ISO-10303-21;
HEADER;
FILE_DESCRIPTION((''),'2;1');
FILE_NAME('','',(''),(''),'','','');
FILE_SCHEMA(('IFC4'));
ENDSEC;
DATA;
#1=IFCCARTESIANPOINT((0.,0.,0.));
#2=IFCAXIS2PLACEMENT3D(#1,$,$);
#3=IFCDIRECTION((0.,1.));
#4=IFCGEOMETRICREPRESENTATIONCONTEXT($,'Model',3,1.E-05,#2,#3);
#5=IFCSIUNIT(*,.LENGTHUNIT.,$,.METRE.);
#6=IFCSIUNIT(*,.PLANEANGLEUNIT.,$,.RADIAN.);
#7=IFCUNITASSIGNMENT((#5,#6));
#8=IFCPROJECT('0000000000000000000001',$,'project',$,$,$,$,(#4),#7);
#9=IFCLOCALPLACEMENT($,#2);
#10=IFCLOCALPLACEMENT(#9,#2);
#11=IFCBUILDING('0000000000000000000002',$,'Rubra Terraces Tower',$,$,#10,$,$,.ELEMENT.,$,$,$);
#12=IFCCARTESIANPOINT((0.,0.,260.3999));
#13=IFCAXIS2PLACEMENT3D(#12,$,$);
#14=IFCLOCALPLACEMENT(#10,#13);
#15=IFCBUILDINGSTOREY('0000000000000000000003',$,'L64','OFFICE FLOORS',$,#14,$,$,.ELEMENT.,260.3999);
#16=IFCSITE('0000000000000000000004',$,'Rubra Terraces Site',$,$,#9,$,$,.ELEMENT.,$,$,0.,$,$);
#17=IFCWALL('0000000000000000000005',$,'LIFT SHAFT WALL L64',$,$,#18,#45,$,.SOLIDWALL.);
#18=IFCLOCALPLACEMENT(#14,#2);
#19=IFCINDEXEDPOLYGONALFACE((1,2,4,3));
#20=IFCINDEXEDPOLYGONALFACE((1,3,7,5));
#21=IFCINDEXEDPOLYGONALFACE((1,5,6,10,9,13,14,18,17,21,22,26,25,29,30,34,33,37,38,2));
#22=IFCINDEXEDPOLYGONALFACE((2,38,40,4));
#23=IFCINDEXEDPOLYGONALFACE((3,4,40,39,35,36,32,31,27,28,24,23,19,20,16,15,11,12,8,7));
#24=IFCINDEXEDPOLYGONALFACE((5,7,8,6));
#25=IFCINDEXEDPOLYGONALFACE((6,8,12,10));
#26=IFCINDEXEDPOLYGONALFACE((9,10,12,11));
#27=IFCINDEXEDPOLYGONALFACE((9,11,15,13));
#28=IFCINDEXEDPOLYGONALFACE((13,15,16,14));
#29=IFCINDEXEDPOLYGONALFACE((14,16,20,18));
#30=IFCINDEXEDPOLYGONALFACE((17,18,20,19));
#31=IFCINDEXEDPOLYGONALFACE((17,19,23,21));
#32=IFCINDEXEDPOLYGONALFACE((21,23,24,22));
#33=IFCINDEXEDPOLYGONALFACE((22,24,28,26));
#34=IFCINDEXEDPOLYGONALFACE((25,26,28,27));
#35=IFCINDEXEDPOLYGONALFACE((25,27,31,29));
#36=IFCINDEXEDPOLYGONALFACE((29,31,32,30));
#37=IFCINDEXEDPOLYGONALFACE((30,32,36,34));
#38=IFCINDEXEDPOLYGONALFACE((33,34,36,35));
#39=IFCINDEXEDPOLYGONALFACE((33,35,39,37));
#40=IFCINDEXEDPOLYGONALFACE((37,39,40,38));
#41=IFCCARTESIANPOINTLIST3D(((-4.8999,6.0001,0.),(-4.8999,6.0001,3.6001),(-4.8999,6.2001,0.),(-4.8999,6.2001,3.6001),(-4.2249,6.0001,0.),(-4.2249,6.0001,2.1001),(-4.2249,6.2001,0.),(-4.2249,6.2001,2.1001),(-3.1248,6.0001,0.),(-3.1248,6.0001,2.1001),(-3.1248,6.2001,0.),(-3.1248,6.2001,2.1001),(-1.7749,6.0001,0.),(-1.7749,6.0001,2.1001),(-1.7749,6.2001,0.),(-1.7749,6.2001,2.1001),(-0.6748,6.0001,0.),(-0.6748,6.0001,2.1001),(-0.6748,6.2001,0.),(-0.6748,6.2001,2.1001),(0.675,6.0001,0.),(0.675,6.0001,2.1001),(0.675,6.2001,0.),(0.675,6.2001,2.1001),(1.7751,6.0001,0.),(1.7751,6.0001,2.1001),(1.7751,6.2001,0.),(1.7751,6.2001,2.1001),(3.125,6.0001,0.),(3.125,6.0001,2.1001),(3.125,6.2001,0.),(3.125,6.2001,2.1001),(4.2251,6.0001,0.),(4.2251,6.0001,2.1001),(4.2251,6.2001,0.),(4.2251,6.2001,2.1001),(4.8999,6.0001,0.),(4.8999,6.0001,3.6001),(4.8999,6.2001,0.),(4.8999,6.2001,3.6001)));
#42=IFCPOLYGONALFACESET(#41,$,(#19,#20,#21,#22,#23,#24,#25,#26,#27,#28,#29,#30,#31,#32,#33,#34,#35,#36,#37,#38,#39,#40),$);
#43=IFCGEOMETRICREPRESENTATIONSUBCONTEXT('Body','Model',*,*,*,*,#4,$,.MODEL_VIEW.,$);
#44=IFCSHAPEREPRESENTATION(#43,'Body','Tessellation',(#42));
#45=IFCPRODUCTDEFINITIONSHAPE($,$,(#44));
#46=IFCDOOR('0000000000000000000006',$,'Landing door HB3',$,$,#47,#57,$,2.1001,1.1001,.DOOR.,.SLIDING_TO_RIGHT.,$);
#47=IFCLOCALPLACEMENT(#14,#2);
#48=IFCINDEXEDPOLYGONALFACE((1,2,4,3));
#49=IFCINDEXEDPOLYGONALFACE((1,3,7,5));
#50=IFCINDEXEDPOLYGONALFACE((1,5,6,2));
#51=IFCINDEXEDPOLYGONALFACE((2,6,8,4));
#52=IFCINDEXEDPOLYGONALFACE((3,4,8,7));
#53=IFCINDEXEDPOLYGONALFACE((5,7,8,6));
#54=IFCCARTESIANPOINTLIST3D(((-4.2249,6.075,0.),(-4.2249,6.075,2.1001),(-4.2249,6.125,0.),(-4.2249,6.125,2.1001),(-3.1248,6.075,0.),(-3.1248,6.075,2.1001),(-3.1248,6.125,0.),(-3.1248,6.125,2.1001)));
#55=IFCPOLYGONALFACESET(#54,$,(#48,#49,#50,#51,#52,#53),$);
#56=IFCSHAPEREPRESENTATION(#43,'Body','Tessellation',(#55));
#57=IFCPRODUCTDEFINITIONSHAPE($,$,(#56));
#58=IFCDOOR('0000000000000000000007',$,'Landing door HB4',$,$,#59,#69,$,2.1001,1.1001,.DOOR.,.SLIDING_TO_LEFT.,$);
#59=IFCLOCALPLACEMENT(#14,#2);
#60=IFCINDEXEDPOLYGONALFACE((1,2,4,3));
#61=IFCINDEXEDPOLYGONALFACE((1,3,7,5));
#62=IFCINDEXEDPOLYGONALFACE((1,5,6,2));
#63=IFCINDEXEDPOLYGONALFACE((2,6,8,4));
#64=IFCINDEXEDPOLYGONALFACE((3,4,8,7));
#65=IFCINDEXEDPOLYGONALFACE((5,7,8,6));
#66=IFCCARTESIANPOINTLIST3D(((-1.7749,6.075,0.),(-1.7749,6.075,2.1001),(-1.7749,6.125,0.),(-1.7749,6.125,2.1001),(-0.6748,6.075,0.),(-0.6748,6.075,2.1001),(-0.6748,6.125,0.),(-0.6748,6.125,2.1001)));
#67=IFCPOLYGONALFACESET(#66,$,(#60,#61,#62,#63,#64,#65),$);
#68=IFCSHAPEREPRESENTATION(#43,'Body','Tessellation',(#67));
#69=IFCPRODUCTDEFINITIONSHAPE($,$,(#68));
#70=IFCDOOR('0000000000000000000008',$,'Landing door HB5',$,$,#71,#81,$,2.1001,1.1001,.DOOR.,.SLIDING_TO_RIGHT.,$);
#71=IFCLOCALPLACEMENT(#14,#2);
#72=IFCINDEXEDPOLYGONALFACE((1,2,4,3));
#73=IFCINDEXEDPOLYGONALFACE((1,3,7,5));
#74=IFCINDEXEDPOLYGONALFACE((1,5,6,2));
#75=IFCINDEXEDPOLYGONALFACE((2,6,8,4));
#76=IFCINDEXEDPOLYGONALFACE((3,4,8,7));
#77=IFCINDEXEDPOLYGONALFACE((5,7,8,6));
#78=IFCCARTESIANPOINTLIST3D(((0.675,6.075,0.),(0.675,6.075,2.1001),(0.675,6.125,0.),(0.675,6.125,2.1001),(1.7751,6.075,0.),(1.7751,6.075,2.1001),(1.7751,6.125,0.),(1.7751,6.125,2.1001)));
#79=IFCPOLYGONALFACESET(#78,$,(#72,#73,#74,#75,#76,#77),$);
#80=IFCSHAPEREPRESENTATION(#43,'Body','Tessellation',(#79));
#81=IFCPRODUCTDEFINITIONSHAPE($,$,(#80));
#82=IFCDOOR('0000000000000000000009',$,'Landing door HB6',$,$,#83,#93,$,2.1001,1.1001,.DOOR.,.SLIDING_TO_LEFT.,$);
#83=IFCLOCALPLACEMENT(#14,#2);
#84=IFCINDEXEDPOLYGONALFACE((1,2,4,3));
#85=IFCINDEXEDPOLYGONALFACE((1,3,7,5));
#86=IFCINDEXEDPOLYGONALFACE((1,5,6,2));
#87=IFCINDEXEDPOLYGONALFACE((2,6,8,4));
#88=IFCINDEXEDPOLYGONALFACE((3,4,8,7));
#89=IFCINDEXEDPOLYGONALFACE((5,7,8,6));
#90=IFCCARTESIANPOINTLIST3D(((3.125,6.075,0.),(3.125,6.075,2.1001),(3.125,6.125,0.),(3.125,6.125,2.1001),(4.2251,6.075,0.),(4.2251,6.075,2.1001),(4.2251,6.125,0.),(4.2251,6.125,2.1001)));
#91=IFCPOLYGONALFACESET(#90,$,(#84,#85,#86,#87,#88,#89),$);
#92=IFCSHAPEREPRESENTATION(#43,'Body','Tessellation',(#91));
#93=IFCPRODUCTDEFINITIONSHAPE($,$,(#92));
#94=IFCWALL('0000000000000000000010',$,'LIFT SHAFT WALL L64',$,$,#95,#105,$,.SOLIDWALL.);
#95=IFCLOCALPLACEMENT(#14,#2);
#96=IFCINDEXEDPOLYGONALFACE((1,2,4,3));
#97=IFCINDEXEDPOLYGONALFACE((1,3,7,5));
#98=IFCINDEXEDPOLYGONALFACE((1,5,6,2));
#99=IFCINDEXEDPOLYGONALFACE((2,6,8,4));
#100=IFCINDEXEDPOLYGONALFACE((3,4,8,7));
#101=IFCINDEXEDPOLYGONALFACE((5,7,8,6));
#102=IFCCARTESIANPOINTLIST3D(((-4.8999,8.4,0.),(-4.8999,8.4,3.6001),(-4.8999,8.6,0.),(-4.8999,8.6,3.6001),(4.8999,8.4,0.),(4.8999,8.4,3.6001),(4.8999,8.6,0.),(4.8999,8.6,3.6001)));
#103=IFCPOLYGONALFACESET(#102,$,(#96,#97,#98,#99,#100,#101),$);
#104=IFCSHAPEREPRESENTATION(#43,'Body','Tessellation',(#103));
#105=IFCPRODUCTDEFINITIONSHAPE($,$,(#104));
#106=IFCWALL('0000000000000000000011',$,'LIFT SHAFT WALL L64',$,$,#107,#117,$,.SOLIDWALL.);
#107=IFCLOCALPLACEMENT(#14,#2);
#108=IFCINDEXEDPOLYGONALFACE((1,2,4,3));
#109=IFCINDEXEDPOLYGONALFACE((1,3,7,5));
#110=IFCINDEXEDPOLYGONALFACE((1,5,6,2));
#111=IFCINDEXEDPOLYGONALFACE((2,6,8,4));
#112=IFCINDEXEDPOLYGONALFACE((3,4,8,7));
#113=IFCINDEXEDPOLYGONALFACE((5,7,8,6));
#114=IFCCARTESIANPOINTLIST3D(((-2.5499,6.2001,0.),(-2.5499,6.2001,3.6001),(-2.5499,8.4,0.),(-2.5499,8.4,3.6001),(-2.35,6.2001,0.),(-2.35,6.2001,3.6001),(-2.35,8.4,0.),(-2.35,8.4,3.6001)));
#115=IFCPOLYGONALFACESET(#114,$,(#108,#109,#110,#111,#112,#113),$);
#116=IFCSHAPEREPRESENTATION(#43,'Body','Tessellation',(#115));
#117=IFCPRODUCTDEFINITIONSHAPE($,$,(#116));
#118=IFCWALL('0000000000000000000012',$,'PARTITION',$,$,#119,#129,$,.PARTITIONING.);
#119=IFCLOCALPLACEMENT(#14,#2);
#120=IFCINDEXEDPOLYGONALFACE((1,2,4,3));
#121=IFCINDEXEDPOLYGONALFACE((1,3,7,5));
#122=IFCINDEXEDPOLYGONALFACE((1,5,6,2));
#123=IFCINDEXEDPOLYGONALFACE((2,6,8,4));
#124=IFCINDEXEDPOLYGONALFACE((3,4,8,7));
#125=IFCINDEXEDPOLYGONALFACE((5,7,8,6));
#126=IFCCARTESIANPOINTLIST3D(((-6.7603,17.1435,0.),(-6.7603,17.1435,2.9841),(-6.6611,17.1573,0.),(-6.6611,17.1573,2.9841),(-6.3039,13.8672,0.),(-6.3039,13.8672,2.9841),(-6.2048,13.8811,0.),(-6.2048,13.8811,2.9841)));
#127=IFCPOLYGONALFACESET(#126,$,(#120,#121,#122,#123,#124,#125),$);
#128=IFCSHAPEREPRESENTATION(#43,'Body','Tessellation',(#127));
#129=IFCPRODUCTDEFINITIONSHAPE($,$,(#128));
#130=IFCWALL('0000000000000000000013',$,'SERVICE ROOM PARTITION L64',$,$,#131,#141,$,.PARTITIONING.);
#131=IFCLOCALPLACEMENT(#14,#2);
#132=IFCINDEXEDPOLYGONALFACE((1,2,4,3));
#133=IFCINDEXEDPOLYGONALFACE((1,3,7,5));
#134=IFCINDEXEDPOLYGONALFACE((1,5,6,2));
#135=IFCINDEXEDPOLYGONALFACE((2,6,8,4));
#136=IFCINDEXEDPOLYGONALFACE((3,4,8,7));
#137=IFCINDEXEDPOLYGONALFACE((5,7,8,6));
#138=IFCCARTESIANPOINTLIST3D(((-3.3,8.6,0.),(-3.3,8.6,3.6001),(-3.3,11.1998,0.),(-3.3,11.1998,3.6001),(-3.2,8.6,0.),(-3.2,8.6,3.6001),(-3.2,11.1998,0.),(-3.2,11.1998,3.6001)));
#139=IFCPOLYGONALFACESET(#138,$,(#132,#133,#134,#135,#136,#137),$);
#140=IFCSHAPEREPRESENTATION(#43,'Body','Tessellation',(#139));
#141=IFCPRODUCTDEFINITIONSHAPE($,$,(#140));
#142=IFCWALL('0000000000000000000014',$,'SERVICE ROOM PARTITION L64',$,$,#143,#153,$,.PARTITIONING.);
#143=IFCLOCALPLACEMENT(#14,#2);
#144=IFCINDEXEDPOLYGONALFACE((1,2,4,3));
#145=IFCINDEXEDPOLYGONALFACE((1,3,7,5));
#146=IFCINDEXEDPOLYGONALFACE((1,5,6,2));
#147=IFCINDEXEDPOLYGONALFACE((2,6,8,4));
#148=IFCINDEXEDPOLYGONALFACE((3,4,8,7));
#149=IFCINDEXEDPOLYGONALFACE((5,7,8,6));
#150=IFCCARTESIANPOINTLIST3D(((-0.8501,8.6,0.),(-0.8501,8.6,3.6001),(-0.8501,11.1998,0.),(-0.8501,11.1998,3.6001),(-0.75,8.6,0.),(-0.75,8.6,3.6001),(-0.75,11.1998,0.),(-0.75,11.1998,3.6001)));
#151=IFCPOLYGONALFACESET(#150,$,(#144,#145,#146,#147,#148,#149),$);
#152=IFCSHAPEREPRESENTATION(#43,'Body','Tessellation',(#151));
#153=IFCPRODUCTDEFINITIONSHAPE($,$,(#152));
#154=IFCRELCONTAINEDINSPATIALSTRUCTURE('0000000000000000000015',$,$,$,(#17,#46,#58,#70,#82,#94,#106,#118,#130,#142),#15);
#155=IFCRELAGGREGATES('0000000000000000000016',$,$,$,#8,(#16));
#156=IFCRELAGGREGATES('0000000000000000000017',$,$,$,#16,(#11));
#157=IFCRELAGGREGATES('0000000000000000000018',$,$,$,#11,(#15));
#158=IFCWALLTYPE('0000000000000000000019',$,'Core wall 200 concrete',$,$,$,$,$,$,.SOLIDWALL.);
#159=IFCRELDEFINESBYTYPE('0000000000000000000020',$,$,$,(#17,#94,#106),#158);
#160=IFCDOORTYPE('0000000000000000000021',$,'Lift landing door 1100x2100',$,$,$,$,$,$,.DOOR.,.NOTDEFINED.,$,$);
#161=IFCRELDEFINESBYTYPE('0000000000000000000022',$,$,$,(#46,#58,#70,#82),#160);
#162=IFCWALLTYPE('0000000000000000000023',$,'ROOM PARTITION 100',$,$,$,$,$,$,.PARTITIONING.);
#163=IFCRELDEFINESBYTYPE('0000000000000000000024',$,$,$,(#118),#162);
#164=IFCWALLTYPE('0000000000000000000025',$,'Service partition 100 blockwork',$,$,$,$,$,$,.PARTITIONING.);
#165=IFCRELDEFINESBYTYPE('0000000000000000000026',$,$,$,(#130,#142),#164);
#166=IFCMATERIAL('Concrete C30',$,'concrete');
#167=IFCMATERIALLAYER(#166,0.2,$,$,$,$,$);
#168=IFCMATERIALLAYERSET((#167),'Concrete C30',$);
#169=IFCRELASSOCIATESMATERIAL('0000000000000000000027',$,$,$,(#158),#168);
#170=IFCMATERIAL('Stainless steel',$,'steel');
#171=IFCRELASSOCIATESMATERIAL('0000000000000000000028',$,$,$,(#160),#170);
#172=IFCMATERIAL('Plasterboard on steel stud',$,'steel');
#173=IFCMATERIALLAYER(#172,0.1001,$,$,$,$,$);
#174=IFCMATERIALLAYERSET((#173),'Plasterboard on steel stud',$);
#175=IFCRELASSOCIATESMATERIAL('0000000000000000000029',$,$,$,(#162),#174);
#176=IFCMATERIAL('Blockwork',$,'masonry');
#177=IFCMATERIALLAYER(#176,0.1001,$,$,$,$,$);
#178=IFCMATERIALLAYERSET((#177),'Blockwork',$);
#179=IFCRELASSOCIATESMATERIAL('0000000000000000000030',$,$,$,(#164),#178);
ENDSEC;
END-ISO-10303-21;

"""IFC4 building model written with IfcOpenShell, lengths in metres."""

from ifc_helpers import new_model, si_unit, direction, frame, frame_2d, origin, place, context, subcontext, project, spatial, rectangle, extrude, material, layer, layer_set, type_object, element, fill, save


model = new_model("IFC4")

# Units and contexts
model_context = context("Model", 3, precision=1e-05, world=origin(), true_north=direction((0.0, 1.0)))
body_context = subcontext(model_context, "Body", "Model", "MODEL_VIEW")
ifc_project = project(units=[si_unit("LENGTHUNIT", "METRE"), si_unit("PLANEANGLEUNIT", "RADIAN")], contexts=[model_context])

# Site, building, storey
site_placement = place(None, origin())
site = spatial("IfcSite", under=ifc_project, at=site_placement, Name="Rubra Terraces Site", CompositionType="ELEMENT", RefElevation=0.0)
building_placement = place(site_placement, origin())
building = spatial("IfcBuilding", under=site, at=building_placement, Name="Rubra Terraces Tower", CompositionType="ELEMENT")
storey_placement = place(building_placement, frame((0.0, 0.0, 260.3999)))
storey = spatial("IfcBuildingStorey", under=building, at=storey_placement, Name="L64", Description="OFFICE FLOORS", CompositionType="ELEMENT", Elevation=260.3999)

# Wall, openings, doors
ifc_material_1 = material(Name="Concrete C30", Category="concrete")
ifc_layer_1 = layer(ifc_material_1, 0.2)
ifc_layer_set_1 = layer_set([ifc_layer_1], Name="Concrete C30")
wall_type_1 = type_object("IfcWallType", Name="Core wall 200 concrete", PredefinedType="SOLIDWALL", material=ifc_layer_set_1)
ifc_material_2 = material(Name="Stainless steel", Category="steel")
door_type_1 = type_object("IfcDoorType", Name="Lift landing door 1100x2100", OperationType="NOTDEFINED", PredefinedType="DOOR", material=ifc_material_2)
wall_1_placement = place(storey_placement, frame((-4.8999, 6.1001, 0.0), z_axis=(0.0, 0.0, 1.0), x_axis=(1.0, 0.0, 0.0)))
wall_1 = element("IfcWall", 1, at=wall_1_placement, inside=storey, type_object=wall_type_1, Name="LIFT SHAFT WALL L64", PredefinedType="SOLIDWALL", context=body_context, shape_type="SweptSolid", body=[
    extrude(rectangle(XDim=9.7998, YDim=0.2, at=frame_2d((4.8999, 0.0))), origin(), (0.0, 0.0, 1.0), 3.6001),
])
opening_1_placement = place(wall_1_placement, frame((0.675, 0.0, 0.0)))
opening_1 = element("IfcOpeningElement", 2, at=opening_1_placement, cuts=wall_1, PredefinedType="OPENING", context=body_context, shape_type="SweptSolid", body=[
    extrude(rectangle(XDim=1.1001, YDim=2.1001, at=frame_2d((0.55, 1.05))), frame((0.0, 0.1099, 0.0), z_axis=(0.0, -1.0, 0.0), x_axis=(1.0, 0.0, 0.0)), (0.0, 0.0, 1.0), 0.22),
])
opening_2_placement = place(wall_1_placement, frame((3.125, 0.0, 0.0)))
opening_2 = element("IfcOpeningElement", 3, at=opening_2_placement, cuts=wall_1, PredefinedType="OPENING", context=body_context, shape_type="SweptSolid", body=[
    extrude(rectangle(XDim=1.1001, YDim=2.1001, at=frame_2d((0.55, 1.05))), frame((0.0, 0.1099, 0.0), z_axis=(0.0, -1.0, 0.0), x_axis=(1.0, 0.0, 0.0)), (0.0, 0.0, 1.0), 0.22),
])
opening_3_placement = place(wall_1_placement, frame((5.575, 0.0, 0.0)))
opening_3 = element("IfcOpeningElement", 4, at=opening_3_placement, cuts=wall_1, PredefinedType="OPENING", context=body_context, shape_type="SweptSolid", body=[
    extrude(rectangle(XDim=1.1001, YDim=2.1001, at=frame_2d((0.55, 1.05))), frame((0.0, 0.1099, 0.0), z_axis=(0.0, -1.0, 0.0), x_axis=(1.0, 0.0, 0.0)), (0.0, 0.0, 1.0), 0.22),
])
opening_4_placement = place(wall_1_placement, frame((8.0249, 0.0, 0.0)))
opening_4 = element("IfcOpeningElement", 5, at=opening_4_placement, cuts=wall_1, PredefinedType="OPENING", context=body_context, shape_type="SweptSolid", body=[
    extrude(rectangle(XDim=1.1001, YDim=2.1001, at=frame_2d((0.55, 1.05))), frame((0.0, 0.1099, 0.0), z_axis=(0.0, -1.0, 0.0), x_axis=(1.0, 0.0, 0.0)), (0.0, 0.0, 1.0), 0.22),
])
door_1_placement = place(opening_1_placement, origin())
door_1 = element("IfcDoor", 6, at=door_1_placement, inside=storey, type_object=door_type_1, Name="Landing door HB3", OperationType="SLIDING_TO_RIGHT", OverallHeight=2.1001, OverallWidth=1.1001, PredefinedType="DOOR", context=body_context, shape_type="SweptSolid", body=[
    extrude(rectangle(XDim=1.1001, YDim=2.1001, at=frame_2d((0.55, 1.05))), frame((0.0, 0.0249, 0.0), z_axis=(0.0, -1.0, 0.0), x_axis=(1.0, 0.0, 0.0)), (0.0, 0.0, 1.0), 0.05),
])
fill(opening_1, door_1)
door_2_placement = place(opening_2_placement, origin())
door_2 = element("IfcDoor", 7, at=door_2_placement, inside=storey, type_object=door_type_1, Name="Landing door HB4", OperationType="SLIDING_TO_LEFT", OverallHeight=2.1001, OverallWidth=1.1001, PredefinedType="DOOR", context=body_context, shape_type="SweptSolid", body=[
    extrude(rectangle(XDim=1.1001, YDim=2.1001, at=frame_2d((0.55, 1.05))), frame((0.0, 0.0249, 0.0), z_axis=(0.0, -1.0, 0.0), x_axis=(1.0, 0.0, 0.0)), (0.0, 0.0, 1.0), 0.05),
])
fill(opening_2, door_2)
door_3_placement = place(opening_3_placement, origin())
door_3 = element("IfcDoor", 8, at=door_3_placement, inside=storey, type_object=door_type_1, Name="Landing door HB5", OperationType="SLIDING_TO_RIGHT", OverallHeight=2.1001, OverallWidth=1.1001, PredefinedType="DOOR", context=body_context, shape_type="SweptSolid", body=[
    extrude(rectangle(XDim=1.1001, YDim=2.1001, at=frame_2d((0.55, 1.05))), frame((0.0, 0.0249, 0.0), z_axis=(0.0, -1.0, 0.0), x_axis=(1.0, 0.0, 0.0)), (0.0, 0.0, 1.0), 0.05),
])
fill(opening_3, door_3)
door_4_placement = place(opening_4_placement, origin())
door_4 = element("IfcDoor", 9, at=door_4_placement, inside=storey, type_object=door_type_1, Name="Landing door HB6", OperationType="SLIDING_TO_LEFT", OverallHeight=2.1001, OverallWidth=1.1001, PredefinedType="DOOR", context=body_context, shape_type="SweptSolid", body=[
    extrude(rectangle(XDim=1.1001, YDim=2.1001, at=frame_2d((0.55, 1.05))), frame((0.0, 0.0249, 0.0), z_axis=(0.0, -1.0, 0.0), x_axis=(1.0, 0.0, 0.0)), (0.0, 0.0, 1.0), 0.05),
])
fill(opening_4, door_4)

# Walls
wall_2_placement = place(storey_placement, frame((-4.8999, 8.5, 0.0), z_axis=(0.0, 0.0, 1.0), x_axis=(1.0, 0.0, 0.0)))
element("IfcWall", 10, at=wall_2_placement, inside=storey, type_object=wall_type_1, Name="LIFT SHAFT WALL L64", PredefinedType="SOLIDWALL", context=body_context, shape_type="SweptSolid", body=[
    extrude(rectangle(XDim=9.7998, YDim=0.2, at=frame_2d((4.8999, 0.0))), origin(), (0.0, 0.0, 1.0), 3.6001),
])
wall_3_placement = place(storey_placement, frame((-2.45, 6.2, 0.0), z_axis=(0.0, 0.0, 1.0), x_axis=(0.0, 1.0, 0.0)))
element("IfcWall", 11, at=wall_3_placement, inside=storey, type_object=wall_type_1, Name="LIFT SHAFT WALL L64", PredefinedType="SOLIDWALL", context=body_context, shape_type="SweptSolid", body=[
    extrude(rectangle(XDim=2.2, YDim=0.2, at=frame_2d((1.1001, 0.0))), origin(), (0.0, 0.0, 1.0), 3.6001),
])
ifc_material_3 = material(Name="Plasterboard on steel stud", Category="steel")
ifc_layer_2 = layer(ifc_material_3, 0.1001)
ifc_layer_set_2 = layer_set([ifc_layer_2], Name="Plasterboard on steel stud")
wall_type_2 = type_object("IfcWallType", Name="ROOM PARTITION 100", PredefinedType="PARTITIONING", material=ifc_layer_set_2)
wall_4_placement = place(storey_placement, frame((-6.2544, 13.8743, 0.0), z_axis=(0.0, 0.0, 1.0), x_axis=(-0.137949, 0.990439, 0.0)))
element("IfcWall", 12, at=wall_4_placement, inside=storey, type_object=wall_type_2, Name="PARTITION", PredefinedType="PARTITIONING", context=body_context, shape_type="SweptSolid", body=[
    extrude(rectangle(XDim=3.3079, YDim=0.1001, at=frame_2d((1.6538, 0.0))), origin(), (0.0, 0.0, 1.0), 2.9841),
])
ifc_material_4 = material(Name="Blockwork", Category="masonry")
ifc_layer_3 = layer(ifc_material_4, 0.1001)
ifc_layer_set_3 = layer_set([ifc_layer_3], Name="Blockwork")
wall_type_3 = type_object("IfcWallType", Name="Service partition 100 blockwork", PredefinedType="PARTITIONING", material=ifc_layer_set_3)
for number, where, z_axis, x_axis, name in (
    (13, (-3.25, 8.6001, 0.0), (0.0, 0.0, 1.0), (0.0, 1.0, 0.0), "SERVICE ROOM PARTITION L64"),
    (14, (-0.8, 8.6001, 0.0), (0.0, 0.0, 1.0), (0.0, 1.0, 0.0), "SERVICE ROOM PARTITION L64"),
):
    element("IfcWall", number, at=place(storey_placement, frame(where, z_axis=z_axis, x_axis=x_axis)), inside=storey, type_object=wall_type_3, Name=name, PredefinedType="PARTITIONING", context=body_context, shape_type="SweptSolid", body=[
        extrude(rectangle(XDim=2.5999, YDim=0.1001, at=frame_2d((1.2998, 0.0))), origin(), (0.0, 0.0, 1.0), 3.6001),
    ])

save(model, "model.ifc")
